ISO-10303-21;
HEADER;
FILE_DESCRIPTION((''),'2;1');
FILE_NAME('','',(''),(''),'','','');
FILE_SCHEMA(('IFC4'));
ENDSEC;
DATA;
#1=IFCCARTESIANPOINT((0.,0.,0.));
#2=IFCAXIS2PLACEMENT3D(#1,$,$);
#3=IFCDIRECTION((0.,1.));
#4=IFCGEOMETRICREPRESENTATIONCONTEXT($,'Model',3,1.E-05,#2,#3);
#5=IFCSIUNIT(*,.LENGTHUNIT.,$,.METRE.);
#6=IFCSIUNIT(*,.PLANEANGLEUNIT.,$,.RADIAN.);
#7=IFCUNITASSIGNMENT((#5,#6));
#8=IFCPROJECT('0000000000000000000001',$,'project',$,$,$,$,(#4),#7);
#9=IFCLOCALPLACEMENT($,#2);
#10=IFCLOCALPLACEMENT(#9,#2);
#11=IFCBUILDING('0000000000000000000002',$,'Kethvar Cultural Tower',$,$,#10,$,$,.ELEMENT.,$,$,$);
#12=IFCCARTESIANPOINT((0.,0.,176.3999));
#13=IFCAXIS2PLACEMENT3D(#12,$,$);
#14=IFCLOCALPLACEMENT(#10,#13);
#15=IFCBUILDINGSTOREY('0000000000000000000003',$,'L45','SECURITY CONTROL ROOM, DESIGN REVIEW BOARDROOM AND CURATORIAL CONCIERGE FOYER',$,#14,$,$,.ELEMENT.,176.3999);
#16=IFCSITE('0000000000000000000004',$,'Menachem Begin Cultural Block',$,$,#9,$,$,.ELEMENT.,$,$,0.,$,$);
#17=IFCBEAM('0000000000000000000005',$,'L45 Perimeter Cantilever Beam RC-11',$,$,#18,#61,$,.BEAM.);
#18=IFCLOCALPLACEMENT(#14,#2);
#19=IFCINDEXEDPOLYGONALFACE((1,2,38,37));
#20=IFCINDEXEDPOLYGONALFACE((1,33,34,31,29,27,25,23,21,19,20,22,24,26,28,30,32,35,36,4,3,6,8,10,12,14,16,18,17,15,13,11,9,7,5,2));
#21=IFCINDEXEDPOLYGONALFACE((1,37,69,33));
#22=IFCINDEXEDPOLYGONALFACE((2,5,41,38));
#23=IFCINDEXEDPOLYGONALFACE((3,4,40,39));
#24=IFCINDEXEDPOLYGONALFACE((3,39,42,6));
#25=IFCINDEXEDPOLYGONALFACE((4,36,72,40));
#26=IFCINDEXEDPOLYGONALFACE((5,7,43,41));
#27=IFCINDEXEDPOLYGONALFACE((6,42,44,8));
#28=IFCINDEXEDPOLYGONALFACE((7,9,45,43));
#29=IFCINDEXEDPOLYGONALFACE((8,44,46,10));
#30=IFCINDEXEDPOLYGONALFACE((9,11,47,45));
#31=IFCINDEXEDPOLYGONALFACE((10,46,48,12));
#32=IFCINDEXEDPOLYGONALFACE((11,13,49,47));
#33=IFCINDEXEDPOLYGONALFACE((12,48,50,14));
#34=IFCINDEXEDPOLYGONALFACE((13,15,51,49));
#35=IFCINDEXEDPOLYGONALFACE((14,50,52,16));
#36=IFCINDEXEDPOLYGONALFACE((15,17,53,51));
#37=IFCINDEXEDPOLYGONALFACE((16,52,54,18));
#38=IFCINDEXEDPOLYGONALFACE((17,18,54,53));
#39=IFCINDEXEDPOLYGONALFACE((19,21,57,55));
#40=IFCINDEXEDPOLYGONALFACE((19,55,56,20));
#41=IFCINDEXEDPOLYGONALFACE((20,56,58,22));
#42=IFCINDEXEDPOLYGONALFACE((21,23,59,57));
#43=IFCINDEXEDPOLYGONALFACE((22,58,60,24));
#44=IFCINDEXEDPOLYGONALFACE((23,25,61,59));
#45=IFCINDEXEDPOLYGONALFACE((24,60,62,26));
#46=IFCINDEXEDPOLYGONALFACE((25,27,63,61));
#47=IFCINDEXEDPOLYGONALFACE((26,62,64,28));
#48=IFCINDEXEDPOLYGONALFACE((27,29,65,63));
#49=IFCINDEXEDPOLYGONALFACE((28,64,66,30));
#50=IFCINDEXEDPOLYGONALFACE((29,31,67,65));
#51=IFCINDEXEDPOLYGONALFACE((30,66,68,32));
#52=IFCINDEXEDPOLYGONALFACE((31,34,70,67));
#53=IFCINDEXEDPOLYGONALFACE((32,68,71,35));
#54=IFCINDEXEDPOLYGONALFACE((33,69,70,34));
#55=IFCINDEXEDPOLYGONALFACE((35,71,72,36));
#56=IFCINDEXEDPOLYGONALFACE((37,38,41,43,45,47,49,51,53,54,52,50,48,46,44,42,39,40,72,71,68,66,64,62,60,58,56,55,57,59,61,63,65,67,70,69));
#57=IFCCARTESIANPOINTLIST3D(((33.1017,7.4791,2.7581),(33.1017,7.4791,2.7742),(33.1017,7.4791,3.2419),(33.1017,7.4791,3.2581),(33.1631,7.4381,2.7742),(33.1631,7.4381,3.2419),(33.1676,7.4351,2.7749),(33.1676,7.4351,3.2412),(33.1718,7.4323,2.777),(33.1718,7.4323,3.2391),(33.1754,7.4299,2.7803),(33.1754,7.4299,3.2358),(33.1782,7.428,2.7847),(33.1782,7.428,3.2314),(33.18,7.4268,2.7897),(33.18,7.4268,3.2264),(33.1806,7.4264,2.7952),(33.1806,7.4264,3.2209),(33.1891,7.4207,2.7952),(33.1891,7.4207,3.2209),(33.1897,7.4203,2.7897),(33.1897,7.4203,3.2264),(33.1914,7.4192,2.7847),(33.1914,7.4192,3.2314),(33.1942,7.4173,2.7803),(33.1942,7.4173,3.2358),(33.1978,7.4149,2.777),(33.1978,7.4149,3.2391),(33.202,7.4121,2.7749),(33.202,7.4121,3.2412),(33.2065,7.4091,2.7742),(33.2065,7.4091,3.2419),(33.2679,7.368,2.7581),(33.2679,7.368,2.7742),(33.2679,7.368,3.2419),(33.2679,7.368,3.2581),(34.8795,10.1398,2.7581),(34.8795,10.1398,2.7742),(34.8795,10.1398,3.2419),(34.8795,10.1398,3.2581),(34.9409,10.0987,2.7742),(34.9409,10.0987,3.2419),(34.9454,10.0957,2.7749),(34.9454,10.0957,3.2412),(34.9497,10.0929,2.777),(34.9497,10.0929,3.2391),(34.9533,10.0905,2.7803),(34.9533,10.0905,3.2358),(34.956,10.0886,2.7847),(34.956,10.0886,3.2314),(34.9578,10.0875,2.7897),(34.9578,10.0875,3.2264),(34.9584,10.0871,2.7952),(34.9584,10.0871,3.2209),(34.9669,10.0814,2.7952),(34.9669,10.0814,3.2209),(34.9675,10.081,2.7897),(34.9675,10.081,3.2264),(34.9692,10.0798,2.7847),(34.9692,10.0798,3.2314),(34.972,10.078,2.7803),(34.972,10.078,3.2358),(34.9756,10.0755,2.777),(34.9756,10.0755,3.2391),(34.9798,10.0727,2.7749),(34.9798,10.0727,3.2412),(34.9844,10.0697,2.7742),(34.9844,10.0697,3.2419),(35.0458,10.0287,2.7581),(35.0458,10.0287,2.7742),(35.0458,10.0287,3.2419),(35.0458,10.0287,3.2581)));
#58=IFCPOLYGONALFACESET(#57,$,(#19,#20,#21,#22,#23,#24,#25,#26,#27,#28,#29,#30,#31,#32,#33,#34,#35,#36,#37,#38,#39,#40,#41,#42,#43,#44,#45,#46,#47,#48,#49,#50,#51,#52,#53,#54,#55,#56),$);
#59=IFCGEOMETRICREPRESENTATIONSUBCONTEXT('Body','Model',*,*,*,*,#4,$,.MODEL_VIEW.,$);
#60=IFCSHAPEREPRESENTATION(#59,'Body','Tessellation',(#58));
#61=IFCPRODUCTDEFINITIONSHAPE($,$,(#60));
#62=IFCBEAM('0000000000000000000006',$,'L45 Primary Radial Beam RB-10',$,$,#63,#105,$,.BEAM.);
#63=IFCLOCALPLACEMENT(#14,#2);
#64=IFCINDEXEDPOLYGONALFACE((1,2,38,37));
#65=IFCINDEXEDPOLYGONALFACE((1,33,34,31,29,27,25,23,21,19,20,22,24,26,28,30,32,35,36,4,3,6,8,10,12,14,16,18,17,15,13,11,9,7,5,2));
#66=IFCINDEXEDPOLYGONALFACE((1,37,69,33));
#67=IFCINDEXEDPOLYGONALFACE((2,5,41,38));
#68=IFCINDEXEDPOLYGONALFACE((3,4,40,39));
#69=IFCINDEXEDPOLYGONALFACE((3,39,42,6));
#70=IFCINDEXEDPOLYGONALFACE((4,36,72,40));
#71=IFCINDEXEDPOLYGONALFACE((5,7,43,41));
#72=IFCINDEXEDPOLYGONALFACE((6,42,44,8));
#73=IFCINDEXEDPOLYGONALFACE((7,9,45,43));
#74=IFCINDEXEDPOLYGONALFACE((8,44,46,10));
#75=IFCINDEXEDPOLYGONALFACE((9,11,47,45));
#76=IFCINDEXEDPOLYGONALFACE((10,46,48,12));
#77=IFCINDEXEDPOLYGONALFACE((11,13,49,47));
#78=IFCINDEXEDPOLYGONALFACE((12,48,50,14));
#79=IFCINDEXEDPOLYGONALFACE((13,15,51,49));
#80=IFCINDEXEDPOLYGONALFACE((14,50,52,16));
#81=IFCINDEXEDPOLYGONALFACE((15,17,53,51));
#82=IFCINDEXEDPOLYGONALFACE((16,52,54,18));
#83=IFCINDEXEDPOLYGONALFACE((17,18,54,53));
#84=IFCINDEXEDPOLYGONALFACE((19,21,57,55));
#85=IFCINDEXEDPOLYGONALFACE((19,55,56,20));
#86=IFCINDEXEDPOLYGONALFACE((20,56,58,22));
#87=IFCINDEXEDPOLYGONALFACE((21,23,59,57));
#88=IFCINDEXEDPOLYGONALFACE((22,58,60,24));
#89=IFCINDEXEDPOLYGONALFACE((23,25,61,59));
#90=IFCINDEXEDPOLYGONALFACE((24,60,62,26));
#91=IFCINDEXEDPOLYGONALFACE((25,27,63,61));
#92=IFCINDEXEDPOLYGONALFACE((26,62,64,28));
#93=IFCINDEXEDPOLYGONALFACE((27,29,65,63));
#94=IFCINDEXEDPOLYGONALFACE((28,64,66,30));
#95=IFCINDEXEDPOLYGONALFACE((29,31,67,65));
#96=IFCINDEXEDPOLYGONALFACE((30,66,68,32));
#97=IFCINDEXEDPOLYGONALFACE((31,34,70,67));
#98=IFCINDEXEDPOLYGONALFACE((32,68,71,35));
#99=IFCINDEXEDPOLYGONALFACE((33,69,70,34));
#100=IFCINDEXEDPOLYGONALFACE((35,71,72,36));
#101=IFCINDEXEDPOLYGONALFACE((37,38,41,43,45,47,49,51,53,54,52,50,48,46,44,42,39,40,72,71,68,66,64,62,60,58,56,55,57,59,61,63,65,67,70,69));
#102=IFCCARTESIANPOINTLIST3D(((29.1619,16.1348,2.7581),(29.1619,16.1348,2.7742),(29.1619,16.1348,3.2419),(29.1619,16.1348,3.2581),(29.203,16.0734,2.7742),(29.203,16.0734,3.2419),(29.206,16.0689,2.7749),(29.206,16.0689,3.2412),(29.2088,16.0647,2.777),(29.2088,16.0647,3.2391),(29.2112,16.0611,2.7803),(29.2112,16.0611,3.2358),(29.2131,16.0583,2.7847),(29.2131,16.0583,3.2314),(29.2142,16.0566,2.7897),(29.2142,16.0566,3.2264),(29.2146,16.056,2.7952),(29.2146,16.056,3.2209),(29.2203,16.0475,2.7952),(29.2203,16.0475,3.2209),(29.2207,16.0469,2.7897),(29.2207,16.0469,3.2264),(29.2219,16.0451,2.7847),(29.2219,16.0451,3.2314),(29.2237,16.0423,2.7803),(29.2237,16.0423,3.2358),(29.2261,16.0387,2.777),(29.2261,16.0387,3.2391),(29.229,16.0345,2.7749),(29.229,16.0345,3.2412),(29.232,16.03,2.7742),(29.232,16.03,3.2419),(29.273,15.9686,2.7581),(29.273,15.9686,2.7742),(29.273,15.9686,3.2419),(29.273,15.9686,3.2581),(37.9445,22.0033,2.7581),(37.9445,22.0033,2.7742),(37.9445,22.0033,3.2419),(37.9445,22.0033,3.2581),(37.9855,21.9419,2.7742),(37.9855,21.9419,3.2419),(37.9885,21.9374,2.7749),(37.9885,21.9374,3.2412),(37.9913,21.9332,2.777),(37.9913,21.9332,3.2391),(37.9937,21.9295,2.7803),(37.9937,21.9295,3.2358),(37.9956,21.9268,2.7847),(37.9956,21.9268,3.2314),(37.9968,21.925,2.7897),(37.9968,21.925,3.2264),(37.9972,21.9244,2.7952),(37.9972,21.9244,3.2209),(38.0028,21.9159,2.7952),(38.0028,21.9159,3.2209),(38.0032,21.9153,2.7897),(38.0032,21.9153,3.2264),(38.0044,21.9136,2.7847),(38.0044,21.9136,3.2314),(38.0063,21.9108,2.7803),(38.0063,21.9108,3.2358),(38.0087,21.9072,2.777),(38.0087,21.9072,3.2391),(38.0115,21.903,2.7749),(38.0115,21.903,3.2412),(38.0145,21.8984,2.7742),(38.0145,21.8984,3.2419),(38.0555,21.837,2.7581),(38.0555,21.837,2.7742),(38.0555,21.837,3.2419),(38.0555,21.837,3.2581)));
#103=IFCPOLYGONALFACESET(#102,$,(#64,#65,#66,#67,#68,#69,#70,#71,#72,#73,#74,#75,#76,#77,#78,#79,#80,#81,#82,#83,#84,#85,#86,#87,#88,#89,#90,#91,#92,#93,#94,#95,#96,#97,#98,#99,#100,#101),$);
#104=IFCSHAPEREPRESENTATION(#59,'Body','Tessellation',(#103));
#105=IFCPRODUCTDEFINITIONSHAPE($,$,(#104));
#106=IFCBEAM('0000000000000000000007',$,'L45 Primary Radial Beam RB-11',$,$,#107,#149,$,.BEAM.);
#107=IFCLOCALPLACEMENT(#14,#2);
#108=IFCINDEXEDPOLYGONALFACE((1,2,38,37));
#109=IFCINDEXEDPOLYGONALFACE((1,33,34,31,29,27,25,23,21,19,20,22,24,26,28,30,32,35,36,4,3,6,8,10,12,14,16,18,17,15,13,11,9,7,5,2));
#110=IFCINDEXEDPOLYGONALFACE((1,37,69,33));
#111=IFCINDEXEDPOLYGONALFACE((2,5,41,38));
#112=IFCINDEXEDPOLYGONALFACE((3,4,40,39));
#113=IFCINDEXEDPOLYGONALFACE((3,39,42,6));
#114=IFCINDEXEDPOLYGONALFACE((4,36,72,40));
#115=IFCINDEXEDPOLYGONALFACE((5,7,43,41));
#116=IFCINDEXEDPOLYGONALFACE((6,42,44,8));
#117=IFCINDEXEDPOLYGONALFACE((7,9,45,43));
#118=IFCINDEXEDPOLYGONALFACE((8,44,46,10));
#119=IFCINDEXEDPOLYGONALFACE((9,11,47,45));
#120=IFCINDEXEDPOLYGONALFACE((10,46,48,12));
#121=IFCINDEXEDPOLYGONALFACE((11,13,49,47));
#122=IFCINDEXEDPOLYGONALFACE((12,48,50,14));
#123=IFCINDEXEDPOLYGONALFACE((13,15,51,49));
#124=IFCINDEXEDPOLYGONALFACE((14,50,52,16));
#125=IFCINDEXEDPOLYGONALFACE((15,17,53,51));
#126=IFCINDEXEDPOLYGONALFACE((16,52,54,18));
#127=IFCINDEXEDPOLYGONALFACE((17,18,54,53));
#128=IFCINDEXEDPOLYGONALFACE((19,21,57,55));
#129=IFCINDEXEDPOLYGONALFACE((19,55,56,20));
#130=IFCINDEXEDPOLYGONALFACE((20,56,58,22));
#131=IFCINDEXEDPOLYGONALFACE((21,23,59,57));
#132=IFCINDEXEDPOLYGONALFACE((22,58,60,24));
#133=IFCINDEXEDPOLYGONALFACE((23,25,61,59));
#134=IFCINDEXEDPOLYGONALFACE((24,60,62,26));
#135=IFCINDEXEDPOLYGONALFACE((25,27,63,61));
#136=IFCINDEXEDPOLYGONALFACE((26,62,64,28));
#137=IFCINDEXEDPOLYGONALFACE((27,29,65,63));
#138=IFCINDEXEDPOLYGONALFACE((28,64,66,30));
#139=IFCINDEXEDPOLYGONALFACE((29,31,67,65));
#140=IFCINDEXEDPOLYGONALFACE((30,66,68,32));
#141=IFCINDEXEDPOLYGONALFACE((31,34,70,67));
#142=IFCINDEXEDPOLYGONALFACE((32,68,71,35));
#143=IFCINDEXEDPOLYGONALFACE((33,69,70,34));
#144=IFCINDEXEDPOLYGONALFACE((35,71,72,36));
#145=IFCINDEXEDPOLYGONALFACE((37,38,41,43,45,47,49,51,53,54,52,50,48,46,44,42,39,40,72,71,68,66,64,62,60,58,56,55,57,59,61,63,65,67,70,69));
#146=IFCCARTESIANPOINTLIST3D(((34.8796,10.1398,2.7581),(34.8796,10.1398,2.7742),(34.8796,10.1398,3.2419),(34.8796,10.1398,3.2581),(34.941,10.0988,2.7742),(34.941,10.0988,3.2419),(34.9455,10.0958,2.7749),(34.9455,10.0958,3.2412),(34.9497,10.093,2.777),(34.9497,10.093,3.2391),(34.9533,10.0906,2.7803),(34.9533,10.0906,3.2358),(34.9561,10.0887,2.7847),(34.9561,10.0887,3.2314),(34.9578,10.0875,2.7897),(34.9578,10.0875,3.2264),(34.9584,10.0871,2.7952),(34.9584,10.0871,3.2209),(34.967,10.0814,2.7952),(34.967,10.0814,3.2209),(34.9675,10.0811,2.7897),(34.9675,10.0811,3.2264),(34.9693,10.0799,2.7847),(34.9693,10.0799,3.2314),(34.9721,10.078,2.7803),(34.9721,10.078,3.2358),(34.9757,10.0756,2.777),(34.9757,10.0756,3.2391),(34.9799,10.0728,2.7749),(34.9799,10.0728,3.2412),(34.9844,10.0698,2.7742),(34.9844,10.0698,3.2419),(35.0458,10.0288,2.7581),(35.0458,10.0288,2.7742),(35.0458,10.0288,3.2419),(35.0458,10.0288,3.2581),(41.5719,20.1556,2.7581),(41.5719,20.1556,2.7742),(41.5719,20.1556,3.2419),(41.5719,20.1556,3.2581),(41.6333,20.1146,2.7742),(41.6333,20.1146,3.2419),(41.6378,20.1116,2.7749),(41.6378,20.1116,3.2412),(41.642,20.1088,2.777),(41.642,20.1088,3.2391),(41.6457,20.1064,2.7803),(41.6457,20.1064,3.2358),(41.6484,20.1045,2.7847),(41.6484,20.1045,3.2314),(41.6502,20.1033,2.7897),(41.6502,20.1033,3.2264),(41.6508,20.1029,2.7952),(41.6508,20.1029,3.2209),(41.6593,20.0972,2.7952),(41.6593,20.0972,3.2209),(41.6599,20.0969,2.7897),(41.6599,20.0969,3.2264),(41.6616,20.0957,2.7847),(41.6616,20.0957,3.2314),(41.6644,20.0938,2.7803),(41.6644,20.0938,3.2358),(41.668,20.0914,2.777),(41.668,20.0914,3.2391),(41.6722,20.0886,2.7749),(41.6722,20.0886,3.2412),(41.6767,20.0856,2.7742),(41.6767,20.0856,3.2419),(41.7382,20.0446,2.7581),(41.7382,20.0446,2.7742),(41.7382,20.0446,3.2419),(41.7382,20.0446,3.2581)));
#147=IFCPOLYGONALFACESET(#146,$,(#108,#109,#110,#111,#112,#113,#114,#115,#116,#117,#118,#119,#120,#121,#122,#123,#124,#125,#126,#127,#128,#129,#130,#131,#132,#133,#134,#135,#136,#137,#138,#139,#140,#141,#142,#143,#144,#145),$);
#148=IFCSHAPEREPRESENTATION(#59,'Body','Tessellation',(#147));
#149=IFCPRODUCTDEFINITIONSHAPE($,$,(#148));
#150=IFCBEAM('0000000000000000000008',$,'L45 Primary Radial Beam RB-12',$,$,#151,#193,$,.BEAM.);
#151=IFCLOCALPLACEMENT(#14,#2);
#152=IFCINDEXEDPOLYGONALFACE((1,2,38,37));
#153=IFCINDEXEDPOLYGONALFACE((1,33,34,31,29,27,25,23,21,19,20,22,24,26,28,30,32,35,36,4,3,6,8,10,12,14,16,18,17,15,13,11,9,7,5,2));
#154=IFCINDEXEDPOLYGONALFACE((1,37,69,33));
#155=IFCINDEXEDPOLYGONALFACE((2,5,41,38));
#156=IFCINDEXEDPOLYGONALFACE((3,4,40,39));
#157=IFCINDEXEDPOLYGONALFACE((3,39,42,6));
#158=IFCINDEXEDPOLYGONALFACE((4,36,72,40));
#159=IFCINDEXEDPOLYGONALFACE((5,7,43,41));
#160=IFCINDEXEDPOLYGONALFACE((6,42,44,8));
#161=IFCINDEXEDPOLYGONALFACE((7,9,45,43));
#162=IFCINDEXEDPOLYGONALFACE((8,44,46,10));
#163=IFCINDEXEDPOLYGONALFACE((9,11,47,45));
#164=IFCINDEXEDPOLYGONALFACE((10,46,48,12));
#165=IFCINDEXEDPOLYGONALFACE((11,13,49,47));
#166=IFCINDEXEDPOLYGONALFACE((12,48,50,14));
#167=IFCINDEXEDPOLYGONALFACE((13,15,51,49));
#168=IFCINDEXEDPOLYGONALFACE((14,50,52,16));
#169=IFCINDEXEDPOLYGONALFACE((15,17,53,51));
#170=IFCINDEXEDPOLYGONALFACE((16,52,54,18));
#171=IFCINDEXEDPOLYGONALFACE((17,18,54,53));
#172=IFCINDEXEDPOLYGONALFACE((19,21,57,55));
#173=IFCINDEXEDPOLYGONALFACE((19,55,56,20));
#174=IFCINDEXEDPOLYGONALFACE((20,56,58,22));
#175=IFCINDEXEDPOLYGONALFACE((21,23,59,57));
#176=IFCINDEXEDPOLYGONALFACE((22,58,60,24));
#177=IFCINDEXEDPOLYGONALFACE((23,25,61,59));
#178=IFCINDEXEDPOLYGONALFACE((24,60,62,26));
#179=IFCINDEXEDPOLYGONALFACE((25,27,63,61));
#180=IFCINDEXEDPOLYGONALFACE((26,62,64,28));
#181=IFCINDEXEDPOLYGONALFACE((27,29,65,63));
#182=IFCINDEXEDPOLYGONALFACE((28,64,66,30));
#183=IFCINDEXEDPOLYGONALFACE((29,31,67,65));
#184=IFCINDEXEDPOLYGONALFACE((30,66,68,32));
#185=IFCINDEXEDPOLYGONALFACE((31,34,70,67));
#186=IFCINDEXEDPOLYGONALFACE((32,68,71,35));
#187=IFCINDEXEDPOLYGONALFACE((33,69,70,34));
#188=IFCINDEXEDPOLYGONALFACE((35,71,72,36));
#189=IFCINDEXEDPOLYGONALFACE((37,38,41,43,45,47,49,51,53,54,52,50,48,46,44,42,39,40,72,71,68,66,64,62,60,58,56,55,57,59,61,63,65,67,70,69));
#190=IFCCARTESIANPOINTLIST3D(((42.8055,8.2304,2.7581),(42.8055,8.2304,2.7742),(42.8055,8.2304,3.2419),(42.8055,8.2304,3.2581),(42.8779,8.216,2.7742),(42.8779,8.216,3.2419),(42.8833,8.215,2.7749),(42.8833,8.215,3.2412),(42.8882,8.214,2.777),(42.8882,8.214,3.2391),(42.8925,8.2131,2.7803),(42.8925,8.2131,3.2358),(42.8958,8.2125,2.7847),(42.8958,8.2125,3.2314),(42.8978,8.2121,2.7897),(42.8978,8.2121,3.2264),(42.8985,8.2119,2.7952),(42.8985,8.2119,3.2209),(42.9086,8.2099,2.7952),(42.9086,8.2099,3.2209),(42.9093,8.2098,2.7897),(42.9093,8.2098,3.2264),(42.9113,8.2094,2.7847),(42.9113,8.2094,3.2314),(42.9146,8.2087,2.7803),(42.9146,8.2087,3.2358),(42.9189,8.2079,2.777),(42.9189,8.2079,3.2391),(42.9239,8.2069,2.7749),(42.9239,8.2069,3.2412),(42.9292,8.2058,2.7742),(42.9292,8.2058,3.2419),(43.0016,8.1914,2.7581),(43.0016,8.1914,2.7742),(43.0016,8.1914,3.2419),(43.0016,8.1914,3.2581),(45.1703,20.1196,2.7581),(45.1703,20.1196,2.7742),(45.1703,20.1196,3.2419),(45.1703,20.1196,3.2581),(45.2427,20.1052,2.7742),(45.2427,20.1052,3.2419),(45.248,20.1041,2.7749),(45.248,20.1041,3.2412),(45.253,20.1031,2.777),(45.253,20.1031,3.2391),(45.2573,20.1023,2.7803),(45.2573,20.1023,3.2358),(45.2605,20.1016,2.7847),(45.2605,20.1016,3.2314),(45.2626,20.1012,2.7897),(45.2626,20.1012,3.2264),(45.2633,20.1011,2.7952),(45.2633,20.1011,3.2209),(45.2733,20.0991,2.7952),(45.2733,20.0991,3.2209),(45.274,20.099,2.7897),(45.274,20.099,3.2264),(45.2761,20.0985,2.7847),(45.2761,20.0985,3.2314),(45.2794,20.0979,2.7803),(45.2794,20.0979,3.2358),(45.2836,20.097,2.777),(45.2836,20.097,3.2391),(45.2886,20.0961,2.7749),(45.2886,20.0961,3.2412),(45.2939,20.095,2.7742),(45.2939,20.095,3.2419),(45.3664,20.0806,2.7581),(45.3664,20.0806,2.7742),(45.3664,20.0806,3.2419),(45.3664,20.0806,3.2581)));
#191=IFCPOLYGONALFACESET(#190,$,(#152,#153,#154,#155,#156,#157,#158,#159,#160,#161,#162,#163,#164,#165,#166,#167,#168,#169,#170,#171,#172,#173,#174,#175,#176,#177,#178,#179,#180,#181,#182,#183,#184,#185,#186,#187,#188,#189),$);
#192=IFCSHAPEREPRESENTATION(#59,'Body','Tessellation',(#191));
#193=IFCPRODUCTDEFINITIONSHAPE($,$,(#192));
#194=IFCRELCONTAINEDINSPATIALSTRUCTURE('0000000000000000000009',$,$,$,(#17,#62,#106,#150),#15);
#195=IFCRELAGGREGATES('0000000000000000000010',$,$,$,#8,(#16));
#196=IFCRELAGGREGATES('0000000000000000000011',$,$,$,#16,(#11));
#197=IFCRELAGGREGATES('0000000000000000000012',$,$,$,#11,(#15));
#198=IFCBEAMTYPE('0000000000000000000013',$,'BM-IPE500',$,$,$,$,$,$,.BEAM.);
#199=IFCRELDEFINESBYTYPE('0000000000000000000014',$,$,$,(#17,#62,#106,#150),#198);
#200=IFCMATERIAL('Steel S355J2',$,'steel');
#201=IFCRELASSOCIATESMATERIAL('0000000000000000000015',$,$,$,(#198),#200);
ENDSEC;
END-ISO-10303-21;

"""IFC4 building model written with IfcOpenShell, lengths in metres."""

from ifc_helpers import new_model, si_unit, direction, frame, origin, origin_2d, place, context, subcontext, project, spatial, i_section, extrude, source, transform, mapped, material, material_profile, profile_set, type_object, element, save


model = new_model("IFC4")

# Units and contexts
model_context = context("Model", 3, precision=1e-05, world=origin(), true_north=direction((0.0, 1.0)))
body_context = subcontext(model_context, "Body", "Model", "MODEL_VIEW")
ifc_project = project(units=[si_unit("LENGTHUNIT", "METRE"), si_unit("PLANEANGLEUNIT", "RADIAN")], contexts=[model_context])

# Site, building, storey
site_placement = place(None, origin())
site = spatial("IfcSite", under=ifc_project, at=site_placement, Name="Menachem Begin Cultural Block", CompositionType="ELEMENT", RefElevation=0.0)
building_placement = place(site_placement, origin())
building = spatial("IfcBuilding", under=site, at=building_placement, Name="Kethvar Cultural Tower", CompositionType="ELEMENT")
storey_placement = place(building_placement, frame((0.0, 0.0, 176.3999)))
storey = spatial("IfcBuildingStorey", under=building, at=storey_placement, Name="L45", Description="SECURITY CONTROL ROOM, DESIGN REVIEW BOARDROOM AND CURATORIAL CONCIERGE FOYER", CompositionType="ELEMENT", Elevation=176.3999)

# Beams
ifc_material_1 = material(Name="Steel S355J2", Category="steel")
ifc_material_profile_1 = material_profile(ifc_material_1, i_section(OverallWidth=0.2, OverallDepth=0.5, WebThickness=0.0103, FlangeThickness=0.0161, FilletRadius=0.021, at=origin_2d()), Name="Steel S355J2 — IPE500")
ifc_profile_set_1 = profile_set([ifc_material_profile_1], Name="Steel S355J2 — IPE500")
beam_type_1 = type_object("IfcBeamType", Name="BM-IPE500", PredefinedType="BEAM", material=ifc_profile_set_1)
shared_shape_1 = source(origin(), body_context, "Body", "SweptSolid", [
    extrude(i_section(OverallWidth=0.2, OverallDepth=0.5, WebThickness=0.0103, FlangeThickness=0.0161, FilletRadius=0.021, at=origin_2d()), origin(), (0.0, 0.0, 1.0), 3.2),
])
beam_1_placement = place(storey_placement, frame((34.9626, 10.0842, 3.0081), z_axis=(-0.55558, -0.831463, 0.0), x_axis=(0.831463, -0.55558, 0.0)))
element("IfcBeam", 1, at=beam_1_placement, inside=storey, type_object=beam_type_1, Name="L45 Perimeter Cantilever Beam RC-11", PredefinedType="BEAM", context=body_context, shape_type="MappedRepresentation", body=[
    mapped(shared_shape_1, transform((0.0, 0.0, 0.0), scale=1.0)),
])
shared_shape_2 = source(origin(), body_context, "Body", "SweptSolid", [
    extrude(i_section(OverallWidth=0.2, OverallDepth=0.5, WebThickness=0.0103, FlangeThickness=0.0161, FilletRadius=0.021, at=origin_2d()), origin(), (0.0, 0.0, 1.0), 10.5627),
])
beam_2_placement = place(storey_placement, frame((38.0, 21.9202, 3.0081), z_axis=(-0.831463, -0.55558, 0.0), x_axis=(0.55558, -0.831463, 0.0)))
element("IfcBeam", 2, at=beam_2_placement, inside=storey, type_object=beam_type_1, Name="L45 Primary Radial Beam RB-10", PredefinedType="BEAM", context=body_context, shape_type="MappedRepresentation", body=[
    mapped(shared_shape_2, transform((0.0, 0.0, 0.0), scale=1.0)),
])
shared_shape_3 = source(origin(), body_context, "Body", "SweptSolid", [
    extrude(i_section(OverallWidth=0.2, OverallDepth=0.5, WebThickness=0.0103, FlangeThickness=0.0161, FilletRadius=0.021, at=origin_2d()), origin(), (0.0, 0.0, 1.0), 12.0459),
])
beam_3_placement = place(storey_placement, frame((41.655, 20.1001, 3.0081), z_axis=(-0.55557, -0.83147, 0.0), x_axis=(0.83147, -0.55557, 0.0)))
element("IfcBeam", 3, at=beam_3_placement, inside=storey, type_object=beam_type_1, Name="L45 Primary Radial Beam RB-11", PredefinedType="BEAM", context=body_context, shape_type="MappedRepresentation", body=[
    mapped(shared_shape_3, transform((0.0, 0.0, 0.0), scale=1.0)),
])
shared_shape_4 = source(origin(), body_context, "Body", "SweptSolid", [
    extrude(i_section(OverallWidth=0.2, OverallDepth=0.5, WebThickness=0.0103, FlangeThickness=0.0161, FilletRadius=0.021, at=origin_2d()), origin(), (0.0, 0.0, 1.0), 12.1221),
])
beam_4_placement = place(storey_placement, frame((45.2683, 20.1001, 3.0081), z_axis=(-0.195078, -0.980788, 0.0), x_axis=(0.980788, -0.195078, 0.0)))
element("IfcBeam", 4, at=beam_4_placement, inside=storey, type_object=beam_type_1, Name="L45 Primary Radial Beam RB-12", PredefinedType="BEAM", context=body_context, shape_type="MappedRepresentation", body=[
    mapped(shared_shape_4, transform((0.0, 0.0, 0.0), scale=1.0)),
])

save(model, "model.ifc")
